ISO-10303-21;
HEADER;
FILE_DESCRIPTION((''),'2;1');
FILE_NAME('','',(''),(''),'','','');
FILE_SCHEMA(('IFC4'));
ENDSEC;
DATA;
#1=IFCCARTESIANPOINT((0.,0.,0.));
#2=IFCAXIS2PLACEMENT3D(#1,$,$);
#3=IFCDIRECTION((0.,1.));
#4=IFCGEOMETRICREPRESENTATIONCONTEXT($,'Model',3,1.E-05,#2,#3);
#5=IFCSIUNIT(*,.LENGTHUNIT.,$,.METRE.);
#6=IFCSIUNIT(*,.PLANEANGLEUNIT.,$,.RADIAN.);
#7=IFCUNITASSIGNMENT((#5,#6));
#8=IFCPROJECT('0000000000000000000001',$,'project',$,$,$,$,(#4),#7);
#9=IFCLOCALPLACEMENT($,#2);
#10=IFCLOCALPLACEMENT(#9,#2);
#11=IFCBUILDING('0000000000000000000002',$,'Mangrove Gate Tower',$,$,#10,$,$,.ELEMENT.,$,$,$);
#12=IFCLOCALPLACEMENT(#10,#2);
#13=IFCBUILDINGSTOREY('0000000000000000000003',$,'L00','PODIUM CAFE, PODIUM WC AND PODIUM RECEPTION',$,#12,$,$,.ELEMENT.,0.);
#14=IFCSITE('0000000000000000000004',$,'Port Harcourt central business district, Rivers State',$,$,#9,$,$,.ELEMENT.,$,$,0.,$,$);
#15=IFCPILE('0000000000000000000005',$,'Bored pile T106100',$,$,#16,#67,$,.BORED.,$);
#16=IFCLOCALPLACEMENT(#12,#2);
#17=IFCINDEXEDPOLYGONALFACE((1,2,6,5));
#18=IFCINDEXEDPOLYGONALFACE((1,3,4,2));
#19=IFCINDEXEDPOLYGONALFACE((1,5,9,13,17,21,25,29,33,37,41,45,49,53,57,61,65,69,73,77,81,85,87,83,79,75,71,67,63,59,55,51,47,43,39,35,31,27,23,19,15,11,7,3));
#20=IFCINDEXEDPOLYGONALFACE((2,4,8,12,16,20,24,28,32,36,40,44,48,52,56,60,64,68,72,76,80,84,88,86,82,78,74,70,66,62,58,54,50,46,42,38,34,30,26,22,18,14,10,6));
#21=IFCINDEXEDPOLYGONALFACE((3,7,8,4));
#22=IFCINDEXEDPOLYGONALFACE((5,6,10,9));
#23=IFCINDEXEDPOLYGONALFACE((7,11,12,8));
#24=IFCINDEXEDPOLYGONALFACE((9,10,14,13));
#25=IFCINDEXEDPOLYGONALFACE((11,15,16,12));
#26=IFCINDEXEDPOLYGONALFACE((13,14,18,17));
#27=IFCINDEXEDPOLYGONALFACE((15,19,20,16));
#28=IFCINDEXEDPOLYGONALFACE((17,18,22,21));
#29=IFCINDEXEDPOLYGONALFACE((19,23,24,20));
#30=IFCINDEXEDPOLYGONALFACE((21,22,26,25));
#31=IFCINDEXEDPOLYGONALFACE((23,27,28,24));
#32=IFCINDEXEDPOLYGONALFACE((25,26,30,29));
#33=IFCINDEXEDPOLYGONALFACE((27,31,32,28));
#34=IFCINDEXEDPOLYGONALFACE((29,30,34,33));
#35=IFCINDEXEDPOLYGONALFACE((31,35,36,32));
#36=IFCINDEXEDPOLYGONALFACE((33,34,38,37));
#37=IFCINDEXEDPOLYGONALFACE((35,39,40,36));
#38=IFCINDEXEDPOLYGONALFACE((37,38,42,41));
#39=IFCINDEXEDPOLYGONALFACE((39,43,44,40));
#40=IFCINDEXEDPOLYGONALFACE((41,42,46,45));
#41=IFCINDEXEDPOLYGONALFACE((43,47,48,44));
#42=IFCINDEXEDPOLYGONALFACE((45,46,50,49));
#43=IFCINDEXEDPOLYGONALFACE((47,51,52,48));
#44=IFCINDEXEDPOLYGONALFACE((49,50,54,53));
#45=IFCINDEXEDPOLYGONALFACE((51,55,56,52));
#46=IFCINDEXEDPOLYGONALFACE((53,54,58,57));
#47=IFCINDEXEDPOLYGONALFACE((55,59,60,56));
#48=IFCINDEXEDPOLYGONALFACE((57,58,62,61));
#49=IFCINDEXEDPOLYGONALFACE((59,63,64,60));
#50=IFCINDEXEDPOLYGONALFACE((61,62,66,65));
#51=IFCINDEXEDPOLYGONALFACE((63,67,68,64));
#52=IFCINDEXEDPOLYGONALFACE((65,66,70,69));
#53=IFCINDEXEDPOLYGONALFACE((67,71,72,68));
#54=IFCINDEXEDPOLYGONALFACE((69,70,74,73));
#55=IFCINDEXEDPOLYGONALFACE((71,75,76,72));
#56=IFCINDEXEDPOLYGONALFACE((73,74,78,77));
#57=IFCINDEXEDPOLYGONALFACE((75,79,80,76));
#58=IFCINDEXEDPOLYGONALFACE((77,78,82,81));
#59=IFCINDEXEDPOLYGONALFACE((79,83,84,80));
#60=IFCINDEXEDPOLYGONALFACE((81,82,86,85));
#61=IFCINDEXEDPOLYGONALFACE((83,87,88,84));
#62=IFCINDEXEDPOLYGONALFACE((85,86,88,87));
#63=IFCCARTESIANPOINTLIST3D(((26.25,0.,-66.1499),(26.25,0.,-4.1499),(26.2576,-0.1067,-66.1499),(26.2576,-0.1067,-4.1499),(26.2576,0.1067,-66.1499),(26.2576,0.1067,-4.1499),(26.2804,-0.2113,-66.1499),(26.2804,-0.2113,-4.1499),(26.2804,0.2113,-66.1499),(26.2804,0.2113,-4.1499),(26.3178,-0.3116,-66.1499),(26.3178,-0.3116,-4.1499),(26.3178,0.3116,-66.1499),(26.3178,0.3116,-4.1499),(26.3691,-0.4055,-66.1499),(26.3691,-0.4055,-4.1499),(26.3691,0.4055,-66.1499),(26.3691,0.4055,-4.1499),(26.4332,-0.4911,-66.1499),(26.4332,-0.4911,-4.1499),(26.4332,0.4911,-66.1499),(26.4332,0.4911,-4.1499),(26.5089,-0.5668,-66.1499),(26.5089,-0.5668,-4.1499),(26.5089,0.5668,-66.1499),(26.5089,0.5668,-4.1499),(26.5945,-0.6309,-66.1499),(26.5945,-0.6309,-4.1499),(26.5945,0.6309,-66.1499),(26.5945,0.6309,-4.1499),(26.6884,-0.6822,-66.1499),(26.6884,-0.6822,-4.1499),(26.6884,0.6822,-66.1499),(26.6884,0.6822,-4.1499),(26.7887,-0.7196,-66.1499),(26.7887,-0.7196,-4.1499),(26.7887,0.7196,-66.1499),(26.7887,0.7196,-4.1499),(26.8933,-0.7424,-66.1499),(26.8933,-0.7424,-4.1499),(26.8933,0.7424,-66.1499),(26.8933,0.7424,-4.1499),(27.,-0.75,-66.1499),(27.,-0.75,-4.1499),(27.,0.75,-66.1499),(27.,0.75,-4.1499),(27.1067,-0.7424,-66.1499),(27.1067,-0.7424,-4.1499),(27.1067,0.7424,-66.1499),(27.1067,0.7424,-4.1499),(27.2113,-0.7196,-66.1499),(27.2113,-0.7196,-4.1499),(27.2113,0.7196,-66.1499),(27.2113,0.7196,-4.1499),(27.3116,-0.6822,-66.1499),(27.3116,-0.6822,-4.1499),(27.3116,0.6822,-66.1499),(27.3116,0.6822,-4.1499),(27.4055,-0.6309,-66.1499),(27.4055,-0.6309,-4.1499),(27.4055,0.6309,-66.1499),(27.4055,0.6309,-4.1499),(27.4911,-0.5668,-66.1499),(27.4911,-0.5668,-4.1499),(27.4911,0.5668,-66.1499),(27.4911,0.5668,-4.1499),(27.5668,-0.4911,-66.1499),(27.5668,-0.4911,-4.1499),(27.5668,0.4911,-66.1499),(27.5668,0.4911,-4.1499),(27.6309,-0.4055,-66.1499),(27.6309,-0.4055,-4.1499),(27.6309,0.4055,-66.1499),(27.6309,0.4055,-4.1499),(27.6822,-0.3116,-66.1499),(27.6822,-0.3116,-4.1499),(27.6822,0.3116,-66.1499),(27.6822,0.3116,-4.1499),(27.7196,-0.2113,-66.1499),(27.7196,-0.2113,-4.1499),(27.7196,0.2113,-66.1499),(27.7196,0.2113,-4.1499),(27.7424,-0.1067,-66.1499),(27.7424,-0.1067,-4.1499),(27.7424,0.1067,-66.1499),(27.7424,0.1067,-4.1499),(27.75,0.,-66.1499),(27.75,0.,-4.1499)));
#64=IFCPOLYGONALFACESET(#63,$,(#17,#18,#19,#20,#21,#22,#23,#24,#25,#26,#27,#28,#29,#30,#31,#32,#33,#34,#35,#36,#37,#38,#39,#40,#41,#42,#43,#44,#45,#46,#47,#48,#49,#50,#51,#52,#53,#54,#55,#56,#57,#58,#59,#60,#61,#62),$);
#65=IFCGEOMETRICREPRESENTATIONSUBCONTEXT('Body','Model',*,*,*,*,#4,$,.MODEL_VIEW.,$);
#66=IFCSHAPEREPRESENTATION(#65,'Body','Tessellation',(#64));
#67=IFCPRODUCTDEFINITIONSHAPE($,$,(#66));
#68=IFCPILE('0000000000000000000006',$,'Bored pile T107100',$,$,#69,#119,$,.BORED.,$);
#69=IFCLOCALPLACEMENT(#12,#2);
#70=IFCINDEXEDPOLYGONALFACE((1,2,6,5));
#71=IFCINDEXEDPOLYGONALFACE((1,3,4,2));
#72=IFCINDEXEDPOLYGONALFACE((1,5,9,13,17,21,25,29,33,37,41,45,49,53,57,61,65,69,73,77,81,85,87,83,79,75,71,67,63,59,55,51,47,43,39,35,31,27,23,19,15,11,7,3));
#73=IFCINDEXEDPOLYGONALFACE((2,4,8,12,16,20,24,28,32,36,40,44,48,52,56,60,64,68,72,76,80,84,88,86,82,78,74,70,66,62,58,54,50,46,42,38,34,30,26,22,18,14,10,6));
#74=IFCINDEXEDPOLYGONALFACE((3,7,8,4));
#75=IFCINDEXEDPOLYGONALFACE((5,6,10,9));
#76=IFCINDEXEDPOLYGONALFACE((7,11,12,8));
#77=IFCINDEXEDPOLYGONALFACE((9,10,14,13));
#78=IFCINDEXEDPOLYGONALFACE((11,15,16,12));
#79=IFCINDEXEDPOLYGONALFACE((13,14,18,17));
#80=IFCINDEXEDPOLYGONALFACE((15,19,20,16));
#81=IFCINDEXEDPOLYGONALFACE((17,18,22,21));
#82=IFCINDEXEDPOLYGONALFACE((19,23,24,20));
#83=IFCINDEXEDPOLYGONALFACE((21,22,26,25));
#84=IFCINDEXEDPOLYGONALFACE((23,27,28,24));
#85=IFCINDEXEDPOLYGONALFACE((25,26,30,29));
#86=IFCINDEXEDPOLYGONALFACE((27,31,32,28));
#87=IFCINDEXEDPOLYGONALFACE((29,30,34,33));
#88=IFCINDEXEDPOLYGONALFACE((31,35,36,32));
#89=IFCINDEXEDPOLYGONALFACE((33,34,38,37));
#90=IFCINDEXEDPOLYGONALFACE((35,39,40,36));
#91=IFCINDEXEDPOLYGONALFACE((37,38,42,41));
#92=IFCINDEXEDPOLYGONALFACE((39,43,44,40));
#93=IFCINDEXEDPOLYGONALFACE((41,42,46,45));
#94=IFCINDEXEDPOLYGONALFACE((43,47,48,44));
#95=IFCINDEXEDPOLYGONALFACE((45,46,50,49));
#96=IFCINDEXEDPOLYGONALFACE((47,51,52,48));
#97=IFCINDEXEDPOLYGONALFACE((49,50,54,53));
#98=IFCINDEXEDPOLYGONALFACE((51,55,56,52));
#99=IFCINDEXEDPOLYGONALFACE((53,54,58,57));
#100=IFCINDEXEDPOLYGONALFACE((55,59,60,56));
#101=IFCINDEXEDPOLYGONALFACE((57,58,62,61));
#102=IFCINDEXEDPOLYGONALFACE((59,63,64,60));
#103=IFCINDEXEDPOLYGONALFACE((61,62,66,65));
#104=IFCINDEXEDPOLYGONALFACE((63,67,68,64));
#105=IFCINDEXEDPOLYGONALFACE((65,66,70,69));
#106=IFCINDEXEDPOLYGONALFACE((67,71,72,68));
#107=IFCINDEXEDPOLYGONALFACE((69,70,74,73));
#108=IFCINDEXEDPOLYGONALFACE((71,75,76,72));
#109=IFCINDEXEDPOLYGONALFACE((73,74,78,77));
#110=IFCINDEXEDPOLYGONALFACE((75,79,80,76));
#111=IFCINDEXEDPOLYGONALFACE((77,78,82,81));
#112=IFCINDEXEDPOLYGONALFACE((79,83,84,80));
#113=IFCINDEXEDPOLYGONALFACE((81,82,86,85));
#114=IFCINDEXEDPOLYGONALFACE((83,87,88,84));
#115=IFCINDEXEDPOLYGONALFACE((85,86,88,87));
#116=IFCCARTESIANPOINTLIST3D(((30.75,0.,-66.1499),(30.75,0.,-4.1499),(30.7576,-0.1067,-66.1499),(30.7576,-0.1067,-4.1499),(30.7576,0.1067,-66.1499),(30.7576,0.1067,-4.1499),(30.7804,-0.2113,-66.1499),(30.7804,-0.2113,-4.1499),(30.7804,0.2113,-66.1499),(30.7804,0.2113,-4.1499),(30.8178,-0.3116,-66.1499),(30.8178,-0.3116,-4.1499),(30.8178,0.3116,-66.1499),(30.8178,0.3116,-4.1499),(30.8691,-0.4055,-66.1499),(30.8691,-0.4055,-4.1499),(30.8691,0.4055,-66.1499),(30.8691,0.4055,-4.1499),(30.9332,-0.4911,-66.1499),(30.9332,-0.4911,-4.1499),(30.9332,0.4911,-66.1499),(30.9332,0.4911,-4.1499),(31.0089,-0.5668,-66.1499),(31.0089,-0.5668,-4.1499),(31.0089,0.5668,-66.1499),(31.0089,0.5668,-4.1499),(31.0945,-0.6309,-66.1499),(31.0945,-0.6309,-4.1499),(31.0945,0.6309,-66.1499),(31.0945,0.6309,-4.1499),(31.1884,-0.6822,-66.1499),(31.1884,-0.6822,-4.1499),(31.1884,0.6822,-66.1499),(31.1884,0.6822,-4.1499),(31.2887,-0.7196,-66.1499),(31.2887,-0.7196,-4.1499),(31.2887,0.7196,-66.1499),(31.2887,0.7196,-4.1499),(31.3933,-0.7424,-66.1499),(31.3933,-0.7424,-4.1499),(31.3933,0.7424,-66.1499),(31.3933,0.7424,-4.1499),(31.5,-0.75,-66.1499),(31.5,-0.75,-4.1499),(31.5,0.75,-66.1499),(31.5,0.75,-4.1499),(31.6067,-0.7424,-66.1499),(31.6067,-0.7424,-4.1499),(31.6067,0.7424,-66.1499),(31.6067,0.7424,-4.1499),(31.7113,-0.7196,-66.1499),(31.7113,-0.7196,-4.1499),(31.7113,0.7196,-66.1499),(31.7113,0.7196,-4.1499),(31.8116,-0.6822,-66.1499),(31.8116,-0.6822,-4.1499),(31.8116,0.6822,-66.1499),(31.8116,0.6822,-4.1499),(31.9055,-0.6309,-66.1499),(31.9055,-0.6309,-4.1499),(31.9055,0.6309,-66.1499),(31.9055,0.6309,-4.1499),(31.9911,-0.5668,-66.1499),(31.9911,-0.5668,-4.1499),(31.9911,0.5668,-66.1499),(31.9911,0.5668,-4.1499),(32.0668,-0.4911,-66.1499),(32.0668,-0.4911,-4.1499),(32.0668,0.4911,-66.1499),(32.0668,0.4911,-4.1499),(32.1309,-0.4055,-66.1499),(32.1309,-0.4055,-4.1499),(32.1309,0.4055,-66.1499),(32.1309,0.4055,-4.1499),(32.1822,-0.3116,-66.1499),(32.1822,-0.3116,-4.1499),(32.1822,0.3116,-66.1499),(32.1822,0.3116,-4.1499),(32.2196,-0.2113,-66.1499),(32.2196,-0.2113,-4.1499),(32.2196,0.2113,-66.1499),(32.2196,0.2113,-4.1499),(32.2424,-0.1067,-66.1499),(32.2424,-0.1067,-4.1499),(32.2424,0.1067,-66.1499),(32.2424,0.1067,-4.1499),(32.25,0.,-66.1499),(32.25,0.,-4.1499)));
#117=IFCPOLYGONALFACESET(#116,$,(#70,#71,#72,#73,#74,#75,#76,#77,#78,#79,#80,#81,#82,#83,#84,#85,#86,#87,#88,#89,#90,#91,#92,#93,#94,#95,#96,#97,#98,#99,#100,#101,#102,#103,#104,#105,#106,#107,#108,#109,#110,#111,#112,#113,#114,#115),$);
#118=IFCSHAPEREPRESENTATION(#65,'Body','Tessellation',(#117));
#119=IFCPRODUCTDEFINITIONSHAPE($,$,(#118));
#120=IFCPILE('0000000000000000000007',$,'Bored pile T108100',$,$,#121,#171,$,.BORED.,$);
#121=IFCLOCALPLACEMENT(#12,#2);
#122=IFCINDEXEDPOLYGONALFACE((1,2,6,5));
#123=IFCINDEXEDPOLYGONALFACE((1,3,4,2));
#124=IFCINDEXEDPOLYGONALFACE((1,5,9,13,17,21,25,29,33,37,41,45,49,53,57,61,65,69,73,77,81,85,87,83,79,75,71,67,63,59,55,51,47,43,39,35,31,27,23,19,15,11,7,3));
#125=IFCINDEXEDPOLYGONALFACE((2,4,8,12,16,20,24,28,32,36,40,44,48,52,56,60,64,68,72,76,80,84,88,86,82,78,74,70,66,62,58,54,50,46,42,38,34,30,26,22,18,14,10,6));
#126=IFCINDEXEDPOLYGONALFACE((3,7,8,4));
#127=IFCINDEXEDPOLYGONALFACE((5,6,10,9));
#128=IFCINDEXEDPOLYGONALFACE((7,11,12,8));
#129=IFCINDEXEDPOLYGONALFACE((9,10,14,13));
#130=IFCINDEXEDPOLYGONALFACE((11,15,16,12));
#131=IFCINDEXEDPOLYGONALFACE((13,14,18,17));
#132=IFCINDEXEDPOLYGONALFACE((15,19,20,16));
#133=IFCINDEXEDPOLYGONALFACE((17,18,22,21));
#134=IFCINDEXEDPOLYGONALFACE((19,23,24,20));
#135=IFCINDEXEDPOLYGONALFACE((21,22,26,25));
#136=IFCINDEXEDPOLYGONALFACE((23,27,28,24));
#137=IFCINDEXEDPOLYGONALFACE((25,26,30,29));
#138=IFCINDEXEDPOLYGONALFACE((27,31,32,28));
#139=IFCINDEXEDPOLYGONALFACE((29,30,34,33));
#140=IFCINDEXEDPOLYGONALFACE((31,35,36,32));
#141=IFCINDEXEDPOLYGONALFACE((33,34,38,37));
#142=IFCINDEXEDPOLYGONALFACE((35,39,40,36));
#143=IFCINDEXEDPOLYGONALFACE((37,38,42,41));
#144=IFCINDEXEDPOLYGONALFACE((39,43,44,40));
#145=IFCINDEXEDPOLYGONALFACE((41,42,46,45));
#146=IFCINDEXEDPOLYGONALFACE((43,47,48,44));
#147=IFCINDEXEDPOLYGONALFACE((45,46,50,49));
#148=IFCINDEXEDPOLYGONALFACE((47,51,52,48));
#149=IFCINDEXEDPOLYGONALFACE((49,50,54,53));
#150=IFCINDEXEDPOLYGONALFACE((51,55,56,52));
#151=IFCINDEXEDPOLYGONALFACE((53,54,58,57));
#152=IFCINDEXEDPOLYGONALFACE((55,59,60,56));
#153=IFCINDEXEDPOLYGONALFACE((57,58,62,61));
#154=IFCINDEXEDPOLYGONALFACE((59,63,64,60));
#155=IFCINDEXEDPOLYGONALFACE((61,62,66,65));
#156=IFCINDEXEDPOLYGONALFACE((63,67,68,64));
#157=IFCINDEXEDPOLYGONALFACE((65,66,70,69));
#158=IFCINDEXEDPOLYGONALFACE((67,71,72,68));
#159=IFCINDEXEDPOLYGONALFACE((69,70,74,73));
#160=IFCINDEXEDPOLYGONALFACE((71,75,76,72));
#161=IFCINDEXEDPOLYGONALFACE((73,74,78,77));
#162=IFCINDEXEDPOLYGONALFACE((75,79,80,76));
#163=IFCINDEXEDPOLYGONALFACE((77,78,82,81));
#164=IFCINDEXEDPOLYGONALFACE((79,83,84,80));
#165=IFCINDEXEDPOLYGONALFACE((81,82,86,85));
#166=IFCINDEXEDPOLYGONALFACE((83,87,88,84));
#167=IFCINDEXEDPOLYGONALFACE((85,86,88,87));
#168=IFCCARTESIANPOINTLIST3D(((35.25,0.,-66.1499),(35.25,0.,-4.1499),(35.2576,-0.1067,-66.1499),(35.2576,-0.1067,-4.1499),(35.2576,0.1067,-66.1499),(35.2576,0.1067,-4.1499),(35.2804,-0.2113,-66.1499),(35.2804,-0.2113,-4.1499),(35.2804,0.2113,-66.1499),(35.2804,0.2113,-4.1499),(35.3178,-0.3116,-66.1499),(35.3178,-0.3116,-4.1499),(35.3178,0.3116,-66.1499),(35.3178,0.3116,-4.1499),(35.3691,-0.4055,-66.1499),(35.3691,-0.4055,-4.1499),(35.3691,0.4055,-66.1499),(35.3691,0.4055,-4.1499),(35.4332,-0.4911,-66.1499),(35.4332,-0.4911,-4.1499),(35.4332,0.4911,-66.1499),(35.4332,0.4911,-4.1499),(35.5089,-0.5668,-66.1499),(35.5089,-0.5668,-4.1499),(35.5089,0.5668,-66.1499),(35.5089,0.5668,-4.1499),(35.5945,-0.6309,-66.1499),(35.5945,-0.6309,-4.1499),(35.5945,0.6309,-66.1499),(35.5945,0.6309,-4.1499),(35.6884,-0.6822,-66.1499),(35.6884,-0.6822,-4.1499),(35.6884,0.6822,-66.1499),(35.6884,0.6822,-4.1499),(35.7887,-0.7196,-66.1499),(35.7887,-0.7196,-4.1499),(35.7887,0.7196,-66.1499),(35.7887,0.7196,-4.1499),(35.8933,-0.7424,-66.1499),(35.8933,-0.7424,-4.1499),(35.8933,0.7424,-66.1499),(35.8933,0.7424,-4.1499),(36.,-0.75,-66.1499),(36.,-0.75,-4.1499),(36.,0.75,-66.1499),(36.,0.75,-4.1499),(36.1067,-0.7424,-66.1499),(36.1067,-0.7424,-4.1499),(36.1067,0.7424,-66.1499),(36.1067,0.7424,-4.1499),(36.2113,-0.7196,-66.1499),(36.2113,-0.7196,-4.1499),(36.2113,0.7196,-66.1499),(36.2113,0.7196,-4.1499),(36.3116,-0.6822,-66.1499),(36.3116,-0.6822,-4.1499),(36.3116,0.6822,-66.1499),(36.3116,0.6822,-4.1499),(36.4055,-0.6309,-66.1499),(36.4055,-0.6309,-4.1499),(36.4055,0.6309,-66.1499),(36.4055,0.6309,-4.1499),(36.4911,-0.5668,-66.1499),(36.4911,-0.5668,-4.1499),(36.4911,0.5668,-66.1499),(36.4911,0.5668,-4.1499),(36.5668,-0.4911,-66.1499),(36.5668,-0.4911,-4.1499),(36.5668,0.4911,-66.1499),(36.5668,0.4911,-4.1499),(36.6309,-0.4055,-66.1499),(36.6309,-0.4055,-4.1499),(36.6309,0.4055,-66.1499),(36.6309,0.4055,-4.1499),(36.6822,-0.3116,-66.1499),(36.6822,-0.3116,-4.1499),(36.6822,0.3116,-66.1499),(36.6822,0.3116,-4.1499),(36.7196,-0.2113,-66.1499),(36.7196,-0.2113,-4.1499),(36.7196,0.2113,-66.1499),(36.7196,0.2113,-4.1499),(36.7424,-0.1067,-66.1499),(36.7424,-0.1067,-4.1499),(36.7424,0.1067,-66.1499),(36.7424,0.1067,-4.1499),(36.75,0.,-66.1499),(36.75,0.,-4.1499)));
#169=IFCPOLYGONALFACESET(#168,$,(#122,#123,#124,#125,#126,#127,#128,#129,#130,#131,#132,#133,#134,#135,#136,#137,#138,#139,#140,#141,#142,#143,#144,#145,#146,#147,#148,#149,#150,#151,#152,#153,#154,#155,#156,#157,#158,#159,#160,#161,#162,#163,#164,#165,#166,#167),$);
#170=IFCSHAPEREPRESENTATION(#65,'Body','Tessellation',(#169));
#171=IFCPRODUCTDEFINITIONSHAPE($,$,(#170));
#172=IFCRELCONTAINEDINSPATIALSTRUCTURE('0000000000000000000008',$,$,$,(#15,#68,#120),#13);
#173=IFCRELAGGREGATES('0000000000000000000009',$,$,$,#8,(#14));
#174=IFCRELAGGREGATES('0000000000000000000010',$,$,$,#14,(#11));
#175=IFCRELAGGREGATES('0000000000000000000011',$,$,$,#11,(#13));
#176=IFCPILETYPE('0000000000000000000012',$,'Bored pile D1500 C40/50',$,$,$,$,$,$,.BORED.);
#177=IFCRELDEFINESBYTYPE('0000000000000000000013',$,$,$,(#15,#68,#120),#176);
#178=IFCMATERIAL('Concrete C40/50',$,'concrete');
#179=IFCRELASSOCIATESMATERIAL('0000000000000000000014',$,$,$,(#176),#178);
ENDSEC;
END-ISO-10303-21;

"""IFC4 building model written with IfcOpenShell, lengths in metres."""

from ifc_helpers import new_model, si_unit, direction, frame, origin, origin_2d, place, context, subcontext, project, spatial, circle, extrude, material, material_profile, profile_set, type_object, element, save


model = new_model("IFC4")

# Units and contexts
model_context = context("Model", 3, precision=1e-05, world=origin(), true_north=direction((0.0, 1.0)))
body_context = subcontext(model_context, "Body", "Model", "MODEL_VIEW")
ifc_project = project(units=[si_unit("LENGTHUNIT", "METRE"), si_unit("PLANEANGLEUNIT", "RADIAN")], contexts=[model_context])

# Site, building, storey
site_placement = place(None, origin())
site = spatial("IfcSite", under=ifc_project, at=site_placement, Name="Port Harcourt central business district, Rivers State", CompositionType="ELEMENT", RefElevation=0.0)
building_placement = place(site_placement, origin())
building = spatial("IfcBuilding", under=site, at=building_placement, Name="Mangrove Gate Tower", CompositionType="ELEMENT")
storey_placement = place(building_placement, origin())
storey = spatial("IfcBuildingStorey", under=building, at=storey_placement, Name="L00", Description="PODIUM CAFE, PODIUM WC AND PODIUM RECEPTION", CompositionType="ELEMENT", Elevation=0.0)

# Piles
ifc_material_1 = material(Name="Concrete C40/50", Category="concrete")
ifc_material_profile_1 = material_profile(ifc_material_1, circle(Radius=0.75, at=origin_2d()))
ifc_profile_set_1 = profile_set([ifc_material_profile_1], Name="Concrete C40/50")
pile_type = type_object("IfcPileType", Name="Bored pile D1500 C40/50", PredefinedType="BORED", material=ifc_profile_set_1)
for number, where, z_axis, x_axis, name in (
    (1, (27.0, 0.0, -4.1499), (0.0, 0.0, -1.0), (1.0, 0.0, 0.0), "Bored pile T106100"),
    (2, (31.5, 0.0, -4.1499), (0.0, 0.0, -1.0), (1.0, 0.0, 0.0), "Bored pile T107100"),
    (3, (36.0, 0.0, -4.1499), (0.0, 0.0, -1.0), (1.0, 0.0, 0.0), "Bored pile T108100"),
):
    element("IfcPile", number, at=place(storey_placement, frame(where, z_axis=z_axis, x_axis=x_axis)), inside=storey, type_object=pile_type, Name=name, PredefinedType="BORED", context=body_context, shape_type="SweptSolid", body=[
        extrude(circle(Radius=0.75, at=origin_2d()), origin(), (0.0, 0.0, 1.0), 62.0),
    ])

save(model, "model.ifc")
